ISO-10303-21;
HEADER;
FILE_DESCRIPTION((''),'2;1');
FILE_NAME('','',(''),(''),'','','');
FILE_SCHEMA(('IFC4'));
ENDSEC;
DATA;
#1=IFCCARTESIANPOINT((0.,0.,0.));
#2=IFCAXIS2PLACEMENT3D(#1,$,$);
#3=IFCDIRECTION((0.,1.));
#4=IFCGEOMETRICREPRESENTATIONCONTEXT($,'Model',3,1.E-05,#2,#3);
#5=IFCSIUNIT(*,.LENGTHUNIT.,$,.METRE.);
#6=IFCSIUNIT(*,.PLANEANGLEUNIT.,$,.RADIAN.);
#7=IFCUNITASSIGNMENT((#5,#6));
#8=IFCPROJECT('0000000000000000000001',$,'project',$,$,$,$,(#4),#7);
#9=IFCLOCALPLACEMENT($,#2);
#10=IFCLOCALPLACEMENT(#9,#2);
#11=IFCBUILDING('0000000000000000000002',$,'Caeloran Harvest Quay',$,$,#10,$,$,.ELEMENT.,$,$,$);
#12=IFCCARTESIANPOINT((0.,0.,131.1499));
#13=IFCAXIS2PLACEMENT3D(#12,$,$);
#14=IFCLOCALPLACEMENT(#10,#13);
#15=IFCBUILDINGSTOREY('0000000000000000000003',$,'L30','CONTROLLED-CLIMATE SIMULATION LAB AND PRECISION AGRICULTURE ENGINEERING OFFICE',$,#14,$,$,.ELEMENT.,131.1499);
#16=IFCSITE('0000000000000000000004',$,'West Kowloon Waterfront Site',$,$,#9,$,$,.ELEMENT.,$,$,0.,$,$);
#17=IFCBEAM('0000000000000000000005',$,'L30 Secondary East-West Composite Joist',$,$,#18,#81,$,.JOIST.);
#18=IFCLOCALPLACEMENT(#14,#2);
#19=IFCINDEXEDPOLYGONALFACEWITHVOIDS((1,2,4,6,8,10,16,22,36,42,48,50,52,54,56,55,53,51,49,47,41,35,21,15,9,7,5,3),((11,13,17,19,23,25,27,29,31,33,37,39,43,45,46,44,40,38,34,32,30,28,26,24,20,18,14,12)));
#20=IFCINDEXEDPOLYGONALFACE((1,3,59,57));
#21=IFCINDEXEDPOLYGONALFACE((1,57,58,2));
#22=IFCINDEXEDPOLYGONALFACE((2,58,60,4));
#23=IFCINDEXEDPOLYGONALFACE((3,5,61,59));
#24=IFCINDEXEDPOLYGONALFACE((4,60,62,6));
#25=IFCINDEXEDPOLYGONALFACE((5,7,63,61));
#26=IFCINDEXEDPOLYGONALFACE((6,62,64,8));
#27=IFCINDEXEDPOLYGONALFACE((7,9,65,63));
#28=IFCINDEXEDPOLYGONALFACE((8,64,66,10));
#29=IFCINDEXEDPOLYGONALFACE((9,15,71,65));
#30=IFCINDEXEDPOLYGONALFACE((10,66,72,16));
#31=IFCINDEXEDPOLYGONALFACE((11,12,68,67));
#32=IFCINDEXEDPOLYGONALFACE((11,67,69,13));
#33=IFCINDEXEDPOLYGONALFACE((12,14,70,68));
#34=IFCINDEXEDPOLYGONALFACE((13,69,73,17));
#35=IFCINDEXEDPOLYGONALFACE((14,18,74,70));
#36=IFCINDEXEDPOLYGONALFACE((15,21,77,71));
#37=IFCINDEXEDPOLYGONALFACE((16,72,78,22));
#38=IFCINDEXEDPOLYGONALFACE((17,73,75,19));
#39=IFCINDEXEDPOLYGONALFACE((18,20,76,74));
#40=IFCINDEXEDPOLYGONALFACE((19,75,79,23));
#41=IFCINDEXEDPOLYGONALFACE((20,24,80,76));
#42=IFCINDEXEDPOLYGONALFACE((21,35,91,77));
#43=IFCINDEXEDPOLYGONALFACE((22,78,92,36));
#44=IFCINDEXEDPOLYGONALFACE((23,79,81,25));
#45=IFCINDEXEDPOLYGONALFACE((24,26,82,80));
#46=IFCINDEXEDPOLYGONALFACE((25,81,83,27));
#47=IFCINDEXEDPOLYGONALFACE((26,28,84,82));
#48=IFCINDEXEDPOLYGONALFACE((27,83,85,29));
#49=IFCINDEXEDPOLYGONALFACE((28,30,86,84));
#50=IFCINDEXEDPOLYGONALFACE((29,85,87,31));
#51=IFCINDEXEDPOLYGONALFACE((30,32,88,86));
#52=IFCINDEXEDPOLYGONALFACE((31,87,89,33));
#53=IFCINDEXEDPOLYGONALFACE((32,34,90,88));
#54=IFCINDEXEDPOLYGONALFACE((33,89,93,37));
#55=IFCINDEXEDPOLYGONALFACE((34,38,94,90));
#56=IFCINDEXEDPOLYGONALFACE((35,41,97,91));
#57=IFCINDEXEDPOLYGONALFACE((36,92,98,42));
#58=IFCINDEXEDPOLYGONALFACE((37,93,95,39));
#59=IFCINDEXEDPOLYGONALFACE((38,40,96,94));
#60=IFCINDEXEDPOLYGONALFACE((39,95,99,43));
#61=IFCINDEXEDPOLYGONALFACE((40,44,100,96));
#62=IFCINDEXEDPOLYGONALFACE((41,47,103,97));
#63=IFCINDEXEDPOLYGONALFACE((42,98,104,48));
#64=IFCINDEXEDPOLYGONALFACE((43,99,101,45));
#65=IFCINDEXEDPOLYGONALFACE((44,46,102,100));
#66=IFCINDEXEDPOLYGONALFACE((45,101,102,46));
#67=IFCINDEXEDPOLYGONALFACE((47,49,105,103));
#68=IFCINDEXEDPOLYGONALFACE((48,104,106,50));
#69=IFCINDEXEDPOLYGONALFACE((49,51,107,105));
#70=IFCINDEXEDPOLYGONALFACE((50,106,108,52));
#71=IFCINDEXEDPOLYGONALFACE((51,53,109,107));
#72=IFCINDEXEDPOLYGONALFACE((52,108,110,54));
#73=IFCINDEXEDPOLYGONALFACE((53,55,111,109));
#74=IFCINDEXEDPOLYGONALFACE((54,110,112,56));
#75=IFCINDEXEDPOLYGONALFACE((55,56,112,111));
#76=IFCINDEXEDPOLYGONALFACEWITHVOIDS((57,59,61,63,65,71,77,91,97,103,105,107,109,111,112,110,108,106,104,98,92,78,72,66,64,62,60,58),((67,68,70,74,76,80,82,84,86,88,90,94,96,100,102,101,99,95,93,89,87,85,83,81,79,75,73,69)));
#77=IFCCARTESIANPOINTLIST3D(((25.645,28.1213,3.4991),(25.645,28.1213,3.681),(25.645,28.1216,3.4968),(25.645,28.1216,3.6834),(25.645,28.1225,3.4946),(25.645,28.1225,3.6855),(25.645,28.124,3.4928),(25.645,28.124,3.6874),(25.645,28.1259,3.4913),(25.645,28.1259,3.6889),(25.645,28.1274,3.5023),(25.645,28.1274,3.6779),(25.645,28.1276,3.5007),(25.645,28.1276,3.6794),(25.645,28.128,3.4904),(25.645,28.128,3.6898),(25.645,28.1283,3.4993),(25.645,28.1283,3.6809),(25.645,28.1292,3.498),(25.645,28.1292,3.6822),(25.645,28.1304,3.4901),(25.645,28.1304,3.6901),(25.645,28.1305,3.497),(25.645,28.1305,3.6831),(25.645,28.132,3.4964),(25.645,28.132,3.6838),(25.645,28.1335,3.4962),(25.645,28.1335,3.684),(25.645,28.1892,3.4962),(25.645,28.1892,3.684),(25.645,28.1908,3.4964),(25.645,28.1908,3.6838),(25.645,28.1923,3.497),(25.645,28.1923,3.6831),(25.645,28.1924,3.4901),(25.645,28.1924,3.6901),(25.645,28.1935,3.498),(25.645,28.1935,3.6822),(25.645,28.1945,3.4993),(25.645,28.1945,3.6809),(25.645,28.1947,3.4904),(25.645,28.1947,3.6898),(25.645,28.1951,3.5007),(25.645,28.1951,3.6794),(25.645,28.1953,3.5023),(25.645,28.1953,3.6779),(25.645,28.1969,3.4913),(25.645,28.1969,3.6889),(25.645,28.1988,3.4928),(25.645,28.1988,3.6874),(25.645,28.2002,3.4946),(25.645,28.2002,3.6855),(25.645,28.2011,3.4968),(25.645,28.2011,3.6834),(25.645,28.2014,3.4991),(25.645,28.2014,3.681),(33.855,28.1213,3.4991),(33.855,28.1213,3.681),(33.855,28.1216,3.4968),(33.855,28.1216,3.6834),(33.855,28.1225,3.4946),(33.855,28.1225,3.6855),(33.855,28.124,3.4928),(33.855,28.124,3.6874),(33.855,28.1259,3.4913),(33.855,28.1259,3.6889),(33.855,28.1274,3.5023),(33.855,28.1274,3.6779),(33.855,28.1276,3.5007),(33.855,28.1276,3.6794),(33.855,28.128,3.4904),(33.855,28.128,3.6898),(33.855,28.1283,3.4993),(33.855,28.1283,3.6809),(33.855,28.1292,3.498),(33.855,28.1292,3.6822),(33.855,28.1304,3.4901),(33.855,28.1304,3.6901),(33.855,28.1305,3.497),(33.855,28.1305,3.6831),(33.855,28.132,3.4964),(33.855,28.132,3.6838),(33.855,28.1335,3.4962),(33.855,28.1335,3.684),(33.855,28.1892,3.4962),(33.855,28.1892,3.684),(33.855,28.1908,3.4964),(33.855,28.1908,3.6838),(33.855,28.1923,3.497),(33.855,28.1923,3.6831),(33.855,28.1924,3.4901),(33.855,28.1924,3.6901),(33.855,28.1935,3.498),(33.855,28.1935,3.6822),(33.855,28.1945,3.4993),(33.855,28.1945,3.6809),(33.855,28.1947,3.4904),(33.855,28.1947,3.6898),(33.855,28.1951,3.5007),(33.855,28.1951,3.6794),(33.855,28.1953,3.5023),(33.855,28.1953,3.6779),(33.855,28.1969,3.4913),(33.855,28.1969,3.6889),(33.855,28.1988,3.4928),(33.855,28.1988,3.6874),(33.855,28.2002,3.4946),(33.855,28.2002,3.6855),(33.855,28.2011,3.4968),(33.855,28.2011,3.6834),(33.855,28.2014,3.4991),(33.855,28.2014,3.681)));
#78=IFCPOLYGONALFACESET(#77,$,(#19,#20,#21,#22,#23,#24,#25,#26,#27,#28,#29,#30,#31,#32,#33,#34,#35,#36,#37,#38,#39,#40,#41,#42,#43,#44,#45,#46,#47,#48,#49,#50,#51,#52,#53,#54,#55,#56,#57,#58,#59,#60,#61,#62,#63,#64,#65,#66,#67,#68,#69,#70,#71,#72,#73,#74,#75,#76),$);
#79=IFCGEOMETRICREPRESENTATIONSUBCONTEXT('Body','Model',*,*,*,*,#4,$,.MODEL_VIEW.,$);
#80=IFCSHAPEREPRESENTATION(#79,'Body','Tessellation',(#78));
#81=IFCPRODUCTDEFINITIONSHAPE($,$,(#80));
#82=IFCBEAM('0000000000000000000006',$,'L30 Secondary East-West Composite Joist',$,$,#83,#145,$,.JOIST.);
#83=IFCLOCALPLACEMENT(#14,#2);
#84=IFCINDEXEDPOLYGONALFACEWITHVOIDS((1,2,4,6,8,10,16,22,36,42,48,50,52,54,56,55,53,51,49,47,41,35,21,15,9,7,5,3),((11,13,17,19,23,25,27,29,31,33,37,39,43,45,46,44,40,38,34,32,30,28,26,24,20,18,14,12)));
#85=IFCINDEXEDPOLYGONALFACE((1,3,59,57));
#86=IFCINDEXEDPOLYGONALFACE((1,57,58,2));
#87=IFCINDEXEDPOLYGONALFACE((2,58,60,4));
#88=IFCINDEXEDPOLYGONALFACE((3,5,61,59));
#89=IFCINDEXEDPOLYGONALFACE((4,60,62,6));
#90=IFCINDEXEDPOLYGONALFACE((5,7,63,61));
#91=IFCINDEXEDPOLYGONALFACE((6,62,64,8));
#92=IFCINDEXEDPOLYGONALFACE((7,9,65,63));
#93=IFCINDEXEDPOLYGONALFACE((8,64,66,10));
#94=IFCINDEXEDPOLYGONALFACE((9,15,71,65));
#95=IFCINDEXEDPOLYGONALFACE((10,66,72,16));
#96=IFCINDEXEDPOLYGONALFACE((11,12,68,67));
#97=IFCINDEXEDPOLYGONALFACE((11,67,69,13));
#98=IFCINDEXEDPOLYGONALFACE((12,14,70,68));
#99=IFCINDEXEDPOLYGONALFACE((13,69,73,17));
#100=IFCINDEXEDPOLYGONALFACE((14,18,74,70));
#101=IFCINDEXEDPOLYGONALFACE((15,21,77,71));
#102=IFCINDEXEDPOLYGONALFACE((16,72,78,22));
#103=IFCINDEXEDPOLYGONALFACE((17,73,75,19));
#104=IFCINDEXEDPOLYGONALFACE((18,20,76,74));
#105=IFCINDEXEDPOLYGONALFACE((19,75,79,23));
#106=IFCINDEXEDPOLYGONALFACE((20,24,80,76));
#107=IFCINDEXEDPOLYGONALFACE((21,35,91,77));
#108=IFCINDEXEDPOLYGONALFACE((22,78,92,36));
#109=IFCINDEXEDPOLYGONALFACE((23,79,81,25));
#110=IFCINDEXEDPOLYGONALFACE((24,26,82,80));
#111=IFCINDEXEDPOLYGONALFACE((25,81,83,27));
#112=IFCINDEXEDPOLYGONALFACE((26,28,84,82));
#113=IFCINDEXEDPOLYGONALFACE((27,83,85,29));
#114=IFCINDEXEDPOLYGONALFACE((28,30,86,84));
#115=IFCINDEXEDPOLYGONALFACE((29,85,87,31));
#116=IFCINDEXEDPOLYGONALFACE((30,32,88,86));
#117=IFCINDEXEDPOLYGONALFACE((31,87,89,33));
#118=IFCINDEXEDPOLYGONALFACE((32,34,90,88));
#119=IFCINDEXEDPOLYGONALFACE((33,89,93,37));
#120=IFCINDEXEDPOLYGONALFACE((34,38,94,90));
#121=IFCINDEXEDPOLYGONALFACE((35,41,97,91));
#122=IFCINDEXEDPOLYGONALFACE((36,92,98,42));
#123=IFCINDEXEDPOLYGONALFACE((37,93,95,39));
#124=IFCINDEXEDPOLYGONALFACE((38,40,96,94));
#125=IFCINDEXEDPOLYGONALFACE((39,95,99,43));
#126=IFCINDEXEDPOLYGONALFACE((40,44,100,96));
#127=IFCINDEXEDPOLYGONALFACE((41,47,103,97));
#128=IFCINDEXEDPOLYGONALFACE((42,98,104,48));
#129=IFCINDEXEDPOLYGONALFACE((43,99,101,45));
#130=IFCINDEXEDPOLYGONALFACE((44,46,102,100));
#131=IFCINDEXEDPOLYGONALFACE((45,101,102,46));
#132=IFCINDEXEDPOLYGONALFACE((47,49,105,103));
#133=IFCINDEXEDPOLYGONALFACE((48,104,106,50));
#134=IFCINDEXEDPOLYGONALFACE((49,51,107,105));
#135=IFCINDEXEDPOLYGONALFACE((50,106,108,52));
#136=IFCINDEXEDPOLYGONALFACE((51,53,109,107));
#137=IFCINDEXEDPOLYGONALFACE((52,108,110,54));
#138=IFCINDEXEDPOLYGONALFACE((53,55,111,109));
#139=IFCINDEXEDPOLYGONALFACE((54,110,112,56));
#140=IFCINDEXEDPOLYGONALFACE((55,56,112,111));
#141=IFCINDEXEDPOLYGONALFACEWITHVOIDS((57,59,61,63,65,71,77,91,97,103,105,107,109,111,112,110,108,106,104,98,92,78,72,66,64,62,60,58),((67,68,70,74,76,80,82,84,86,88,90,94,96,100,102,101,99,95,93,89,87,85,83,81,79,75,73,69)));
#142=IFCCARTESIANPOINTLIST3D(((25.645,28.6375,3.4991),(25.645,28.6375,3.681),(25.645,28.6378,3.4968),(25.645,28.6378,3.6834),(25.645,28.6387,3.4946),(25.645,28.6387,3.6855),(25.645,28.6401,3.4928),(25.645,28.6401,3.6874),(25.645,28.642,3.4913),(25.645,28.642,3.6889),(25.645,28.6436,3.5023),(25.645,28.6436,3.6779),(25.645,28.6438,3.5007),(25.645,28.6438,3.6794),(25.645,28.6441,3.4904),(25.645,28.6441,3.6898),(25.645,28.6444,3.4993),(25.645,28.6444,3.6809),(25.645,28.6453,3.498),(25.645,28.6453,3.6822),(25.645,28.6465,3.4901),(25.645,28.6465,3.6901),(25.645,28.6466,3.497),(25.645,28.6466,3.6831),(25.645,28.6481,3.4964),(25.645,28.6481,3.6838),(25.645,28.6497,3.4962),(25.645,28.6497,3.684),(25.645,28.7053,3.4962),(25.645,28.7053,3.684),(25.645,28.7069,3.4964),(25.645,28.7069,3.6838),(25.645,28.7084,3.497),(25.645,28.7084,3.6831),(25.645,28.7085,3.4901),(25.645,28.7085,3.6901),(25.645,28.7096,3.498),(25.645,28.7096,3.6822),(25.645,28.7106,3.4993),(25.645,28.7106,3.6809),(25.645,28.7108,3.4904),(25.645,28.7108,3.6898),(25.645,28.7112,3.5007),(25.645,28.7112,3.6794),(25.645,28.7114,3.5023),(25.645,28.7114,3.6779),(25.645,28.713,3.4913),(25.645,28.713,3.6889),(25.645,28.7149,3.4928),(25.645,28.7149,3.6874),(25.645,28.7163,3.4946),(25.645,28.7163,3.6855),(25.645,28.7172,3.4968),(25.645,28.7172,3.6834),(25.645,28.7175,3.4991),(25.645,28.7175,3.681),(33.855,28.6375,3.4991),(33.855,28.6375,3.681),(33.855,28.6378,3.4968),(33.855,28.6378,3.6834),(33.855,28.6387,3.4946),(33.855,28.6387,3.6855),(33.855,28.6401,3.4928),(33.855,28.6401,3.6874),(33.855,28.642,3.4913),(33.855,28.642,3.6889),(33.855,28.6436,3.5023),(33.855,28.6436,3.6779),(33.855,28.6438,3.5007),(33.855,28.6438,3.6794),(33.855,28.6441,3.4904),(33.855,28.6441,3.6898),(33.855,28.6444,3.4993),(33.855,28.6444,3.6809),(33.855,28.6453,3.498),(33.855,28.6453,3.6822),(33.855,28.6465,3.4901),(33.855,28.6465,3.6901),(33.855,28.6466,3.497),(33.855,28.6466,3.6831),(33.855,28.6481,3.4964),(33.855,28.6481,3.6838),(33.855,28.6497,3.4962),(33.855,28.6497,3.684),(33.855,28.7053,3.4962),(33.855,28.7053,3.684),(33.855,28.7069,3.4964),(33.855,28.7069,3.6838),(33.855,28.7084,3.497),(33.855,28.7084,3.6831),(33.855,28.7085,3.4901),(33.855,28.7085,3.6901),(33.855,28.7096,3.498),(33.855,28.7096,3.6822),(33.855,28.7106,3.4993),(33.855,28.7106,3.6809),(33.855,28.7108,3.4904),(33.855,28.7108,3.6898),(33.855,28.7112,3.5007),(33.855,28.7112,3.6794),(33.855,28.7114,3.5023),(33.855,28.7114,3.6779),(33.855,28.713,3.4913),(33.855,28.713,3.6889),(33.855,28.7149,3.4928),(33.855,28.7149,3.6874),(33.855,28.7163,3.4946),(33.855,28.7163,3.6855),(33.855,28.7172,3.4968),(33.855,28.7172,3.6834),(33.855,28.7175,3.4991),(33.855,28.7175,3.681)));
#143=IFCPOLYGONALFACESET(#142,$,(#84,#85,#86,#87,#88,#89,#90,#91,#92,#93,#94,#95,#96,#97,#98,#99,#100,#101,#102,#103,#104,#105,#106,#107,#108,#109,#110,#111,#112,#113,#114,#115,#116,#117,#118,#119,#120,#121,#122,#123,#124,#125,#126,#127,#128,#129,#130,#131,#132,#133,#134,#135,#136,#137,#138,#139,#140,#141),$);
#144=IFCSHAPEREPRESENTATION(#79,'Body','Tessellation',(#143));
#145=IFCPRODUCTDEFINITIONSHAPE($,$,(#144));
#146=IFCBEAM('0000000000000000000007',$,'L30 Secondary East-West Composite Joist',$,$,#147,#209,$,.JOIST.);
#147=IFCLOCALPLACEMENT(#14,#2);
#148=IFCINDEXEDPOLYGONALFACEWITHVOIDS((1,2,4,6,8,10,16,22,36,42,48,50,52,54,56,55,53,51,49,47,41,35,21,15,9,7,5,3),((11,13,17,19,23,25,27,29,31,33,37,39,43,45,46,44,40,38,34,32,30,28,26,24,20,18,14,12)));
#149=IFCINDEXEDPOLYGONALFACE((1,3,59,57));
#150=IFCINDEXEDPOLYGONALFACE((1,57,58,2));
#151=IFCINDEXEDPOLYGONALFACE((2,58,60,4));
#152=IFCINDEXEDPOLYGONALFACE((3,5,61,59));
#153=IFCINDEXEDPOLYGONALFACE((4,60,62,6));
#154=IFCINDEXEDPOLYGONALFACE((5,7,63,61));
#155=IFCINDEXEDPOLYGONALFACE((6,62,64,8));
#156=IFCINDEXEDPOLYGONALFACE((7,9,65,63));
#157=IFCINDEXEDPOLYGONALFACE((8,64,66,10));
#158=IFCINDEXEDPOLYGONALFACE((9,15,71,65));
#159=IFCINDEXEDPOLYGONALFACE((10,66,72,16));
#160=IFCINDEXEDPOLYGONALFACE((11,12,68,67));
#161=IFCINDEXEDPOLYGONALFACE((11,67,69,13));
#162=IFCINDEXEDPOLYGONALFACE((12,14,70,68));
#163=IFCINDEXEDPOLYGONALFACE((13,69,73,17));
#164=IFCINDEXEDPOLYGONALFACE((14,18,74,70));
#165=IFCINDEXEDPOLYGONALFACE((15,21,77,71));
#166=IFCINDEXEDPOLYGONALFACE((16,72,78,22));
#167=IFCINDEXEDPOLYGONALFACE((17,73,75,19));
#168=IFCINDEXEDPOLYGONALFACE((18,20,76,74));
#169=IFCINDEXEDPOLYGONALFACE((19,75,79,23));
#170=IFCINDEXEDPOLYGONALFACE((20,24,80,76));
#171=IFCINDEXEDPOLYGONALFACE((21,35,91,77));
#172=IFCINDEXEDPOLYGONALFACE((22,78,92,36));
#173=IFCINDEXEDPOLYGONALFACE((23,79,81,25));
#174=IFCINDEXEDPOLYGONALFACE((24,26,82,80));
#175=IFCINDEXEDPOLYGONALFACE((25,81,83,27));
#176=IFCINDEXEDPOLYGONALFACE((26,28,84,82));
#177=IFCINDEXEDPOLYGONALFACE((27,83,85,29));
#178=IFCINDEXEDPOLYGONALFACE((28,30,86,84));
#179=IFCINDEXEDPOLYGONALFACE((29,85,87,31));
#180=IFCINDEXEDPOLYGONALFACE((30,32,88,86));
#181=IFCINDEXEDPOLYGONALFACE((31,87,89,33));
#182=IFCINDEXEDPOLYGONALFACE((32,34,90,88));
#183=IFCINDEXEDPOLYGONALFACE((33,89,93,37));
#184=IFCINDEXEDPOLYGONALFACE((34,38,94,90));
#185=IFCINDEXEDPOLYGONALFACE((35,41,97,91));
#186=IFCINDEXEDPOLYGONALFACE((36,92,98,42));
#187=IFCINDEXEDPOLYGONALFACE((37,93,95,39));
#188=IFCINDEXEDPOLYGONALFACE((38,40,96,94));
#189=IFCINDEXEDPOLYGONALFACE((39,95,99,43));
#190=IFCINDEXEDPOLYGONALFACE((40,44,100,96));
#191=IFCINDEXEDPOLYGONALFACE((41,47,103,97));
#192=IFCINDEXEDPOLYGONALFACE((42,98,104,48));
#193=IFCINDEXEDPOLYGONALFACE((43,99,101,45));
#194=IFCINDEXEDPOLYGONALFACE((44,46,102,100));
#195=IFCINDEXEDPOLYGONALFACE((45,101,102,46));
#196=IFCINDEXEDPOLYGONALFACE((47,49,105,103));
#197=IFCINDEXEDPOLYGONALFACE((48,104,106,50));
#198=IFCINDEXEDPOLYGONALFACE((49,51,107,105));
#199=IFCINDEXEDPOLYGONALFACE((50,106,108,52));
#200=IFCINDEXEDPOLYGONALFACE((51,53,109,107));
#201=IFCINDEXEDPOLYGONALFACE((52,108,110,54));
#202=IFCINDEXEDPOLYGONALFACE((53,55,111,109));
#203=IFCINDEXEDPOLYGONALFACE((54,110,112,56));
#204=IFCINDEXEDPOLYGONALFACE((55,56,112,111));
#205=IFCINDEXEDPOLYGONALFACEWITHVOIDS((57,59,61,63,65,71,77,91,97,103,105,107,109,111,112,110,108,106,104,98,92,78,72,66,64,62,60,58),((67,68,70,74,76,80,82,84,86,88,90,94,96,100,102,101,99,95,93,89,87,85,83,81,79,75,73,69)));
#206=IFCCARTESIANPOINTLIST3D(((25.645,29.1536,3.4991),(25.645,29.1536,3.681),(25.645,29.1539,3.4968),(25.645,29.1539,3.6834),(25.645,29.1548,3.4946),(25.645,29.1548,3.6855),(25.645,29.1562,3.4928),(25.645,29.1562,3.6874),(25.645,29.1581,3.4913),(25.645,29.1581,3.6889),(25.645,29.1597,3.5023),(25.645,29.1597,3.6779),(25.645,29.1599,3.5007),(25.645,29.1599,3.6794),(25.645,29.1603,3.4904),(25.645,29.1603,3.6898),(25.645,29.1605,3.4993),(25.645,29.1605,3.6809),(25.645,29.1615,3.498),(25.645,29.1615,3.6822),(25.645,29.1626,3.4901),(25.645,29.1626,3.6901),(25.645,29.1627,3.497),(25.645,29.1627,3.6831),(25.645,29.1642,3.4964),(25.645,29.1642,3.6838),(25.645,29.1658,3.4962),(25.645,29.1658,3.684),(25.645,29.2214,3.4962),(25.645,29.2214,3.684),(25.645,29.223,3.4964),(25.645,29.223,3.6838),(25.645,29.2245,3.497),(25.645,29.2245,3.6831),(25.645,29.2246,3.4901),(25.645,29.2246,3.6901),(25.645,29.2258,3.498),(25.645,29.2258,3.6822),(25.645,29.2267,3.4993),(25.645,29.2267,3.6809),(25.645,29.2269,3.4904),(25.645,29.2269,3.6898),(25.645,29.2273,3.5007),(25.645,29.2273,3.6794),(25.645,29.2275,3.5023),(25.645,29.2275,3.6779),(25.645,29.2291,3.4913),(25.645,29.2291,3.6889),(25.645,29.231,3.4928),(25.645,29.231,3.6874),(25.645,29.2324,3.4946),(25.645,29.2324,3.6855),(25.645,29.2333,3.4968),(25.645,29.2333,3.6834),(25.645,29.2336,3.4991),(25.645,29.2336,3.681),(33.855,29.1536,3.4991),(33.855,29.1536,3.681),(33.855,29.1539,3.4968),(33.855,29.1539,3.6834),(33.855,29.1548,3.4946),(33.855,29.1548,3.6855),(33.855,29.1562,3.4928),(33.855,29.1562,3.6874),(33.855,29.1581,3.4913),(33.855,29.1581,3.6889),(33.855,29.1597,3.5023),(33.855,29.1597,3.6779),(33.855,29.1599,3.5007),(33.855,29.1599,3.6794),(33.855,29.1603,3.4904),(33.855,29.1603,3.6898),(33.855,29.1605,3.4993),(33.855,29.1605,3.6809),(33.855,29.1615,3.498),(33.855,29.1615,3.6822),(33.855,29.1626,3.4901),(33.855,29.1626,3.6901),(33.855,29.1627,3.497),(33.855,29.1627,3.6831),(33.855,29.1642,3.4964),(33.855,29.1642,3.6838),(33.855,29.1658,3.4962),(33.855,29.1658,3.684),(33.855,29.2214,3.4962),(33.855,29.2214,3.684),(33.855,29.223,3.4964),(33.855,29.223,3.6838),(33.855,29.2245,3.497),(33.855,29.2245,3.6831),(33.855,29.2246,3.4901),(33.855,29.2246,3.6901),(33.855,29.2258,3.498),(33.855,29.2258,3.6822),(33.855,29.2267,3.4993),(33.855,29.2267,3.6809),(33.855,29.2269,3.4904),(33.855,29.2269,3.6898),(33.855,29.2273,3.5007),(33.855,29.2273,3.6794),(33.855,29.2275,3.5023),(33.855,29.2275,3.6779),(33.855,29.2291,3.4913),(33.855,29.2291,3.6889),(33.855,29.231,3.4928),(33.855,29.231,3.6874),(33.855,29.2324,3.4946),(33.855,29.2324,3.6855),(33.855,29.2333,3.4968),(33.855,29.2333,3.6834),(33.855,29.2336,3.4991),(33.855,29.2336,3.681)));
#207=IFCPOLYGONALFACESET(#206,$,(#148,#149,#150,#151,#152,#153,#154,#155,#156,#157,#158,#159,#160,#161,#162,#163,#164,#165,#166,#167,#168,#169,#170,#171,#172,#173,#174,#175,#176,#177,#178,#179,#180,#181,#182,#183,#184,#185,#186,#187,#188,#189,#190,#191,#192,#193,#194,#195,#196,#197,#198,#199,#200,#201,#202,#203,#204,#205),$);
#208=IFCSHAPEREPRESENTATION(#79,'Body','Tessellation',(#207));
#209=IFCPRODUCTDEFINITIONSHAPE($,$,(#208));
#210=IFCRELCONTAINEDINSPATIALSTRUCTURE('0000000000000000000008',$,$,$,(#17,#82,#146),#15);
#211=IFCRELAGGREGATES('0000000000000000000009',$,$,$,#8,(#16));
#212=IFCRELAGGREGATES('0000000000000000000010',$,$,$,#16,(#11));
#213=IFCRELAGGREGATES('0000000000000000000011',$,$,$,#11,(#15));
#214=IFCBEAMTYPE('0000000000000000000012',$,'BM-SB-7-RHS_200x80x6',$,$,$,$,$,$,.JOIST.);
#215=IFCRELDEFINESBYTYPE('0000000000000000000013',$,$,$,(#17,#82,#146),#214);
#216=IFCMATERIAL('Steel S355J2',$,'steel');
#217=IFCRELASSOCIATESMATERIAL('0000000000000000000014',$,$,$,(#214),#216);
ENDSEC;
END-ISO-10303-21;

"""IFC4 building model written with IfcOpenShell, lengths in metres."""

from ifc_helpers import new_model, si_unit, direction, frame, origin, origin_2d, place, context, subcontext, project, spatial, hollow_rectangle, extrude, material, material_profile, profile_set, type_object, element, save


model = new_model("IFC4")

# Units and contexts
model_context = context("Model", 3, precision=1e-05, world=origin(), true_north=direction((0.0, 1.0)))
body_context = subcontext(model_context, "Body", "Model", "MODEL_VIEW")
ifc_project = project(units=[si_unit("LENGTHUNIT", "METRE"), si_unit("PLANEANGLEUNIT", "RADIAN")], contexts=[model_context])

# Site, building, storey
site_placement = place(None, origin())
site = spatial("IfcSite", under=ifc_project, at=site_placement, Name="West Kowloon Waterfront Site", CompositionType="ELEMENT", RefElevation=0.0)
building_placement = place(site_placement, origin())
building = spatial("IfcBuilding", under=site, at=building_placement, Name="Caeloran Harvest Quay", CompositionType="ELEMENT")
storey_placement = place(building_placement, frame((0.0, 0.0, 131.1499)))
storey = spatial("IfcBuildingStorey", under=building, at=storey_placement, Name="L30", Description="CONTROLLED-CLIMATE SIMULATION LAB AND PRECISION AGRICULTURE ENGINEERING OFFICE", CompositionType="ELEMENT", Elevation=131.1499)

# Beams
ifc_material_1 = material(Name="Steel S355J2", Category="steel")
ifc_material_profile_1 = material_profile(ifc_material_1, hollow_rectangle(XDim=0.0801, YDim=0.2, WallThickness=0.0061, InnerFilletRadius=0.0061, OuterFilletRadius=0.009, at=origin_2d()), Name="RHS 200x80x6")
ifc_profile_set_1 = profile_set([ifc_material_profile_1], Name="Steel S355J2")
beam_type_1 = type_object("IfcBeamType", Name="BM-SB-7-RHS_200x80x6", PredefinedType="JOIST", material=ifc_profile_set_1)
for number, where, z_axis, x_axis, name in (
    (1, (25.645, 28.1614, 3.5901), (1.0, 0.0, 0.0), (0.0, 1.0, 0.0), "L30 Secondary East-West Composite Joist"),
    (2, (25.645, 28.6775, 3.5901), (1.0, 0.0, 0.0), (0.0, 1.0, 0.0), "L30 Secondary East-West Composite Joist"),
    (3, (25.645, 29.1936, 3.5901), (1.0, 0.0, 0.0), (0.0, 1.0, 0.0), "L30 Secondary East-West Composite Joist"),
):
    element("IfcBeam", number, at=place(storey_placement, frame(where, z_axis=z_axis, x_axis=x_axis)), inside=storey, type_object=beam_type_1, Name=name, PredefinedType="JOIST", context=body_context, shape_type="SweptSolid", body=[
        extrude(hollow_rectangle(XDim=0.0801, YDim=0.2, WallThickness=0.0061, InnerFilletRadius=0.0061, OuterFilletRadius=0.009, at=origin_2d()), origin(), (0.0, 0.0, 1.0), 8.21),
    ])

save(model, "model.ifc")
